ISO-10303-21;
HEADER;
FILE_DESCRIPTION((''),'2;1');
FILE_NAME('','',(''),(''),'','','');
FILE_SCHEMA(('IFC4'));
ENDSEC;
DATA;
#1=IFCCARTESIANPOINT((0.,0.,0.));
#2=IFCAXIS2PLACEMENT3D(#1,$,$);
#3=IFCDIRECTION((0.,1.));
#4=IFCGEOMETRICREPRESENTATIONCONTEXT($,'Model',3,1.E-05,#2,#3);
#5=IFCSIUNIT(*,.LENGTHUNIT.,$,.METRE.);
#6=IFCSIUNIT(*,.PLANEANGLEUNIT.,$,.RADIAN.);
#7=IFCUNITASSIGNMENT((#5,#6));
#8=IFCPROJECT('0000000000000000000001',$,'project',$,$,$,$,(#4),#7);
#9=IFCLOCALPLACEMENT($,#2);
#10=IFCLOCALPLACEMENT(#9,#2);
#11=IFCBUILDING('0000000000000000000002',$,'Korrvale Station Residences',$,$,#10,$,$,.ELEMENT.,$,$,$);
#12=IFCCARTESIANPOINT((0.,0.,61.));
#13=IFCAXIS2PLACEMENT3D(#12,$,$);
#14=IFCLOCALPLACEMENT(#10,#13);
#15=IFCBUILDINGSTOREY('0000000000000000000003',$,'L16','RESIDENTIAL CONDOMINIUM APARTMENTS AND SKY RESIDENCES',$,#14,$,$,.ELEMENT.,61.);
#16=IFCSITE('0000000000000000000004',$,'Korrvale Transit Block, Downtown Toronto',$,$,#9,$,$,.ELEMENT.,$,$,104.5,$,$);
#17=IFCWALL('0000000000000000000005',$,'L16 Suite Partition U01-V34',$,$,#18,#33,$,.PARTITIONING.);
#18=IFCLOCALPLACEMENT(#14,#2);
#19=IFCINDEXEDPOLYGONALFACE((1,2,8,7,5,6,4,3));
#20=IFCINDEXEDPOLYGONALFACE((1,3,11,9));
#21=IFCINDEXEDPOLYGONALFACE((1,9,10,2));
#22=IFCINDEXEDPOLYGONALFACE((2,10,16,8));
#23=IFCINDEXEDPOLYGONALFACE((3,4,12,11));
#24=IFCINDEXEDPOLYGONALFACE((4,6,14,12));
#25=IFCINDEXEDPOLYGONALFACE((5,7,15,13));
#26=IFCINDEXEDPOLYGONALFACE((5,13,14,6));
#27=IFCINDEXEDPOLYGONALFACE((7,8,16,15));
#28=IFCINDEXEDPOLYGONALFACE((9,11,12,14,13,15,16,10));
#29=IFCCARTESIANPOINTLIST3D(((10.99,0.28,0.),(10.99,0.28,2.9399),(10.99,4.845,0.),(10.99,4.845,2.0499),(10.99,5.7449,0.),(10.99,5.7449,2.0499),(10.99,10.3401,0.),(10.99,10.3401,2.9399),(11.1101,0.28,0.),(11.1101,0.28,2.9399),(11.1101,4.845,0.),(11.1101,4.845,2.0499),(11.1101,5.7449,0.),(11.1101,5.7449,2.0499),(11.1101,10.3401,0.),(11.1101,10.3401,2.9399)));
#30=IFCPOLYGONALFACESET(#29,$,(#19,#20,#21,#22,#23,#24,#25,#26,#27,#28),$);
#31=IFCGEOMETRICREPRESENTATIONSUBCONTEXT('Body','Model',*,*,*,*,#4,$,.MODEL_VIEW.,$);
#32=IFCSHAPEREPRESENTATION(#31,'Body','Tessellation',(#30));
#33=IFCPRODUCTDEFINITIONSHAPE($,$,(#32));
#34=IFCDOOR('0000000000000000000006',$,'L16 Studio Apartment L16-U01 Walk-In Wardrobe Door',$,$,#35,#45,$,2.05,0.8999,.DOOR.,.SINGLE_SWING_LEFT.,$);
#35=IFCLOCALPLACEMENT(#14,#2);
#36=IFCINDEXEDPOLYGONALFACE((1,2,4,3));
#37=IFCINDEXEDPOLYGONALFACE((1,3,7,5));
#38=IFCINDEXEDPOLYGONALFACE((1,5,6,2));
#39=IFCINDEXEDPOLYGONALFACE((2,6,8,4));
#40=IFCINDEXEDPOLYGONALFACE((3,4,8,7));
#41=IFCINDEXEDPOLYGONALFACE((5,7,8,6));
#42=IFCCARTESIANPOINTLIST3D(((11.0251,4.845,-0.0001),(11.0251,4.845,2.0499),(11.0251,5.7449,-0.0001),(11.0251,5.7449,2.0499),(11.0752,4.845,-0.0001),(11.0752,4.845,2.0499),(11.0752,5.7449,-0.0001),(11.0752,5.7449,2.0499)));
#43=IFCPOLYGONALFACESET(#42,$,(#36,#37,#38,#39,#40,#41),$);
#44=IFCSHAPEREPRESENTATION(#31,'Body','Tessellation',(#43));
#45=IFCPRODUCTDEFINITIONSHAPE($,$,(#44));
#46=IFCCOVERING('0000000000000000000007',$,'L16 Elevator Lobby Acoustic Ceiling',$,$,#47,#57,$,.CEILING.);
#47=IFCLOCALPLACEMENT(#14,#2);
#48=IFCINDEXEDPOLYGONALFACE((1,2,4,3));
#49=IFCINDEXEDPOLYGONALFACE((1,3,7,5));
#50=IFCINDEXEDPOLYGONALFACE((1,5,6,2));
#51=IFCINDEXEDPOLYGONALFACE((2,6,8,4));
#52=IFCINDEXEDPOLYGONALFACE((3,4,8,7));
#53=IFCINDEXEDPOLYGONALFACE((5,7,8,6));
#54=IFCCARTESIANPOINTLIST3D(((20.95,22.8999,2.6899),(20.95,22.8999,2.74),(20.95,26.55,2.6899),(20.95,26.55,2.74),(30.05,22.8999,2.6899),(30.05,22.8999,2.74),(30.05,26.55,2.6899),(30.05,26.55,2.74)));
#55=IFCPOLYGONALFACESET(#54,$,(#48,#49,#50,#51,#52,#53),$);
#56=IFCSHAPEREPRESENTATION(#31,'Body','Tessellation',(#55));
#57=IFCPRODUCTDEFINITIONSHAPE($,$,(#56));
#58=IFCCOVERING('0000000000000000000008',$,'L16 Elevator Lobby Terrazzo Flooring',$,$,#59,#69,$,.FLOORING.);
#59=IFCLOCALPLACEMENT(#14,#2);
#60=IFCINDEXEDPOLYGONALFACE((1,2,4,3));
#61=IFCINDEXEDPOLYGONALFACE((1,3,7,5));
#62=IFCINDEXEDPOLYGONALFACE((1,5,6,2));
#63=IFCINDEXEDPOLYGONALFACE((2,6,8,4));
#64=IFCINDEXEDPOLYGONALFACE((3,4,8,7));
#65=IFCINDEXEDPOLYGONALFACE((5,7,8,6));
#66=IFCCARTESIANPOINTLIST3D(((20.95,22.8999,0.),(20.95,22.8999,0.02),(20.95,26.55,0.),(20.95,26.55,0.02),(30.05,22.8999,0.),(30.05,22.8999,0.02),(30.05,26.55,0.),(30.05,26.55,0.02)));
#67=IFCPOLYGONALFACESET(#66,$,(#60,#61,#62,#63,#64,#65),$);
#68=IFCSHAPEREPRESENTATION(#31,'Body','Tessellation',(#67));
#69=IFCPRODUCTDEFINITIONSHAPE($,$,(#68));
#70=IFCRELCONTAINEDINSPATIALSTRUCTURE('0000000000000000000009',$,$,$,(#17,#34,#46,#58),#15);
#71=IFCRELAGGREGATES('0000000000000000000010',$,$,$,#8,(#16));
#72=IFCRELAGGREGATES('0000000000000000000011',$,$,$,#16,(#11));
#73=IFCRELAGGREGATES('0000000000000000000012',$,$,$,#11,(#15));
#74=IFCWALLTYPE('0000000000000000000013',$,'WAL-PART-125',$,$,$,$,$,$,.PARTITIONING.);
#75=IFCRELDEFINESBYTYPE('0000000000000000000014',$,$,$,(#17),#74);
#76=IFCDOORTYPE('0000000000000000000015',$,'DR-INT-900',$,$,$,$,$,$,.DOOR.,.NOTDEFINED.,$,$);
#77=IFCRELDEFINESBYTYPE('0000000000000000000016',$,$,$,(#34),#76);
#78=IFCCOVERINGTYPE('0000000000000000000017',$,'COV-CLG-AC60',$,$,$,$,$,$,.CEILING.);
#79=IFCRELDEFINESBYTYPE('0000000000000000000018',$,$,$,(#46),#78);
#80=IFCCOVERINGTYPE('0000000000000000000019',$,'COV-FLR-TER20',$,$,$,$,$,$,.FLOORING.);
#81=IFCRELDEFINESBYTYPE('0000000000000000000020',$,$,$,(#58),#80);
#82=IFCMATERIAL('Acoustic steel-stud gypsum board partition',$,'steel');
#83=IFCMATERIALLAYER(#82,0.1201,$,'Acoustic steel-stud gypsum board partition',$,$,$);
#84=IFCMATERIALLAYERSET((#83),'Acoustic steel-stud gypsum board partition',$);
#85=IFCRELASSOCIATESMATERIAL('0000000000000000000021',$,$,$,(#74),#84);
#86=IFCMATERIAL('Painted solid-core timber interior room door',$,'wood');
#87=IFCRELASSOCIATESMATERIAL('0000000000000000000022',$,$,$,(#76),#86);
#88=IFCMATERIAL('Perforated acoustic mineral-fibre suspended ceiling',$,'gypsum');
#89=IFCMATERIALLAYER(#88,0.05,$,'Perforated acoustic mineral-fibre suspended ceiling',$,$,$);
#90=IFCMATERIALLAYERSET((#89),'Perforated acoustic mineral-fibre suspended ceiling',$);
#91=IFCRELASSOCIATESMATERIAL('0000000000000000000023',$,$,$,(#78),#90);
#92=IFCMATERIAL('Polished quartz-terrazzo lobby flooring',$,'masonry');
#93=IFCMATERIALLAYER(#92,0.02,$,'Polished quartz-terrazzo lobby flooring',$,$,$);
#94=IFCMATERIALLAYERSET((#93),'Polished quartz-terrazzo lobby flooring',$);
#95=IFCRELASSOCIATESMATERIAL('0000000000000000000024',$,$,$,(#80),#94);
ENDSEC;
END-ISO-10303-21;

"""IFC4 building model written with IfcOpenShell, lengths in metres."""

from ifc_helpers import new_model, si_unit, direction, frame, frame_2d, origin, place, context, subcontext, project, spatial, polyline, rectangle, outline, extrude, material, layer, layer_set, type_object, element, fill, save


model = new_model("IFC4")

# Units and contexts
model_context = context("Model", 3, precision=1e-05, world=origin(), true_north=direction((0.0, 1.0)))
body_context = subcontext(model_context, "Body", "Model", "MODEL_VIEW")
ifc_project = project(units=[si_unit("LENGTHUNIT", "METRE"), si_unit("PLANEANGLEUNIT", "RADIAN")], contexts=[model_context])

# Site, building, storey
site_placement = place(None, origin())
site = spatial("IfcSite", under=ifc_project, at=site_placement, Name="Korrvale Transit Block, Downtown Toronto", CompositionType="ELEMENT", RefElevation=104.5)
building_placement = place(site_placement, origin())
building = spatial("IfcBuilding", under=site, at=building_placement, Name="Korrvale Station Residences", CompositionType="ELEMENT")
storey_placement = place(building_placement, frame((0.0, 0.0, 61.0)))
storey = spatial("IfcBuildingStorey", under=building, at=storey_placement, Name="L16", Description="RESIDENTIAL CONDOMINIUM APARTMENTS AND SKY RESIDENCES", CompositionType="ELEMENT", Elevation=61.0)

# Wall, opening, door
ifc_material_1 = material(Name="Acoustic steel-stud gypsum board partition", Category="steel")
ifc_layer_1 = layer(ifc_material_1, 0.1201, Name="Acoustic steel-stud gypsum board partition")
ifc_layer_set_1 = layer_set([ifc_layer_1], Name="Acoustic steel-stud gypsum board partition")
wall_type_1 = type_object("IfcWallType", Name="WAL-PART-125", PredefinedType="PARTITIONING", material=ifc_layer_set_1)
wall_1_placement = place(storey_placement, frame((11.05, 0.28, 0.0), z_axis=(0.0, 0.0, 1.0), x_axis=(0.0, 1.0, 0.0)))
wall_1 = element("IfcWall", 1, at=wall_1_placement, inside=storey, type_object=wall_type_1, Name="L16 Suite Partition U01-V34", PredefinedType="PARTITIONING", context=body_context, shape_type="SweptSolid", body=[
    extrude(rectangle(XDim=10.0601, YDim=0.1201, at=frame_2d((5.03, 0.0))), origin(), (0.0, 0.0, 1.0), 2.9399),
])
opening_1_placement = place(wall_1_placement, frame((4.5649, 0.0, 0.0)))
opening_1 = element("IfcOpeningElement", 2, at=opening_1_placement, cuts=wall_1, PredefinedType="OPENING", context=body_context, shape_type="SweptSolid", body=[
    extrude(rectangle(XDim=0.8999, YDim=2.05, at=frame_2d((0.45, 1.0249))), frame((0.0, 0.0701, 0.0), z_axis=(0.0, -1.0, 0.0), x_axis=(1.0, 0.0, 0.0)), (0.0, 0.0, 1.0), 0.1401),
])
ifc_material_2 = material(Name="Painted solid-core timber interior room door", Category="wood")
door_type = type_object("IfcDoorType", Name="DR-INT-900", OperationType="NOTDEFINED", PredefinedType="DOOR", material=ifc_material_2)
door_placement = place(opening_1_placement, origin())
door = element("IfcDoor", 3, at=door_placement, inside=storey, type_object=door_type, Name="L16 Studio Apartment L16-U01 Walk-In Wardrobe Door", OperationType="SINGLE_SWING_LEFT", OverallHeight=2.05, OverallWidth=0.8999, PredefinedType="DOOR", context=body_context, shape_type="SweptSolid", body=[
    extrude(rectangle(XDim=0.8999, YDim=2.05, at=frame_2d((0.45, 1.0249))), frame((0.0, 0.0249, 0.0), z_axis=(0.0, -1.0, 0.0), x_axis=(1.0, 0.0, 0.0)), (0.0, 0.0, 1.0), 0.05),
])
fill(opening_1, door)

# Coverings
ifc_material_3 = material(Name="Perforated acoustic mineral-fibre suspended ceiling", Category="gypsum")
ifc_layer_2 = layer(ifc_material_3, 0.05, Name="Perforated acoustic mineral-fibre suspended ceiling")
ifc_layer_set_2 = layer_set([ifc_layer_2], Name="Perforated acoustic mineral-fibre suspended ceiling")
covering_type_1 = type_object("IfcCoveringType", Name="COV-CLG-AC60", PredefinedType="CEILING", material=ifc_layer_set_2)
covering_1_placement = place(storey_placement, frame((0.0, 0.0, 2.6899)))
element("IfcCovering", 4, at=covering_1_placement, inside=storey, type_object=covering_type_1, Name="L16 Elevator Lobby Acoustic Ceiling", PredefinedType="CEILING", context=body_context, shape_type="SweptSolid", body=[
    extrude(outline(polyline([(20.95, 22.8999), (30.05, 22.8999), (30.05, 26.55), (20.95, 26.55), (20.95, 22.8999)])), origin(), (0.0, 0.0, 1.0), 0.05),
])
ifc_material_4 = material(Name="Polished quartz-terrazzo lobby flooring", Category="masonry")
ifc_layer_3 = layer(ifc_material_4, 0.02, Name="Polished quartz-terrazzo lobby flooring")
ifc_layer_set_3 = layer_set([ifc_layer_3], Name="Polished quartz-terrazzo lobby flooring")
covering_type_2 = type_object("IfcCoveringType", Name="COV-FLR-TER20", PredefinedType="FLOORING", material=ifc_layer_set_3)
covering_2_placement = place(storey_placement, origin())
element("IfcCovering", 5, at=covering_2_placement, inside=storey, type_object=covering_type_2, Name="L16 Elevator Lobby Terrazzo Flooring", PredefinedType="FLOORING", context=body_context, shape_type="SweptSolid", body=[
    extrude(outline(polyline([(20.95, 22.8999), (30.05, 22.8999), (30.05, 26.55), (20.95, 26.55), (20.95, 22.8999)])), origin(), (0.0, 0.0, 1.0), 0.02),
])

save(model, "model.ifc")
